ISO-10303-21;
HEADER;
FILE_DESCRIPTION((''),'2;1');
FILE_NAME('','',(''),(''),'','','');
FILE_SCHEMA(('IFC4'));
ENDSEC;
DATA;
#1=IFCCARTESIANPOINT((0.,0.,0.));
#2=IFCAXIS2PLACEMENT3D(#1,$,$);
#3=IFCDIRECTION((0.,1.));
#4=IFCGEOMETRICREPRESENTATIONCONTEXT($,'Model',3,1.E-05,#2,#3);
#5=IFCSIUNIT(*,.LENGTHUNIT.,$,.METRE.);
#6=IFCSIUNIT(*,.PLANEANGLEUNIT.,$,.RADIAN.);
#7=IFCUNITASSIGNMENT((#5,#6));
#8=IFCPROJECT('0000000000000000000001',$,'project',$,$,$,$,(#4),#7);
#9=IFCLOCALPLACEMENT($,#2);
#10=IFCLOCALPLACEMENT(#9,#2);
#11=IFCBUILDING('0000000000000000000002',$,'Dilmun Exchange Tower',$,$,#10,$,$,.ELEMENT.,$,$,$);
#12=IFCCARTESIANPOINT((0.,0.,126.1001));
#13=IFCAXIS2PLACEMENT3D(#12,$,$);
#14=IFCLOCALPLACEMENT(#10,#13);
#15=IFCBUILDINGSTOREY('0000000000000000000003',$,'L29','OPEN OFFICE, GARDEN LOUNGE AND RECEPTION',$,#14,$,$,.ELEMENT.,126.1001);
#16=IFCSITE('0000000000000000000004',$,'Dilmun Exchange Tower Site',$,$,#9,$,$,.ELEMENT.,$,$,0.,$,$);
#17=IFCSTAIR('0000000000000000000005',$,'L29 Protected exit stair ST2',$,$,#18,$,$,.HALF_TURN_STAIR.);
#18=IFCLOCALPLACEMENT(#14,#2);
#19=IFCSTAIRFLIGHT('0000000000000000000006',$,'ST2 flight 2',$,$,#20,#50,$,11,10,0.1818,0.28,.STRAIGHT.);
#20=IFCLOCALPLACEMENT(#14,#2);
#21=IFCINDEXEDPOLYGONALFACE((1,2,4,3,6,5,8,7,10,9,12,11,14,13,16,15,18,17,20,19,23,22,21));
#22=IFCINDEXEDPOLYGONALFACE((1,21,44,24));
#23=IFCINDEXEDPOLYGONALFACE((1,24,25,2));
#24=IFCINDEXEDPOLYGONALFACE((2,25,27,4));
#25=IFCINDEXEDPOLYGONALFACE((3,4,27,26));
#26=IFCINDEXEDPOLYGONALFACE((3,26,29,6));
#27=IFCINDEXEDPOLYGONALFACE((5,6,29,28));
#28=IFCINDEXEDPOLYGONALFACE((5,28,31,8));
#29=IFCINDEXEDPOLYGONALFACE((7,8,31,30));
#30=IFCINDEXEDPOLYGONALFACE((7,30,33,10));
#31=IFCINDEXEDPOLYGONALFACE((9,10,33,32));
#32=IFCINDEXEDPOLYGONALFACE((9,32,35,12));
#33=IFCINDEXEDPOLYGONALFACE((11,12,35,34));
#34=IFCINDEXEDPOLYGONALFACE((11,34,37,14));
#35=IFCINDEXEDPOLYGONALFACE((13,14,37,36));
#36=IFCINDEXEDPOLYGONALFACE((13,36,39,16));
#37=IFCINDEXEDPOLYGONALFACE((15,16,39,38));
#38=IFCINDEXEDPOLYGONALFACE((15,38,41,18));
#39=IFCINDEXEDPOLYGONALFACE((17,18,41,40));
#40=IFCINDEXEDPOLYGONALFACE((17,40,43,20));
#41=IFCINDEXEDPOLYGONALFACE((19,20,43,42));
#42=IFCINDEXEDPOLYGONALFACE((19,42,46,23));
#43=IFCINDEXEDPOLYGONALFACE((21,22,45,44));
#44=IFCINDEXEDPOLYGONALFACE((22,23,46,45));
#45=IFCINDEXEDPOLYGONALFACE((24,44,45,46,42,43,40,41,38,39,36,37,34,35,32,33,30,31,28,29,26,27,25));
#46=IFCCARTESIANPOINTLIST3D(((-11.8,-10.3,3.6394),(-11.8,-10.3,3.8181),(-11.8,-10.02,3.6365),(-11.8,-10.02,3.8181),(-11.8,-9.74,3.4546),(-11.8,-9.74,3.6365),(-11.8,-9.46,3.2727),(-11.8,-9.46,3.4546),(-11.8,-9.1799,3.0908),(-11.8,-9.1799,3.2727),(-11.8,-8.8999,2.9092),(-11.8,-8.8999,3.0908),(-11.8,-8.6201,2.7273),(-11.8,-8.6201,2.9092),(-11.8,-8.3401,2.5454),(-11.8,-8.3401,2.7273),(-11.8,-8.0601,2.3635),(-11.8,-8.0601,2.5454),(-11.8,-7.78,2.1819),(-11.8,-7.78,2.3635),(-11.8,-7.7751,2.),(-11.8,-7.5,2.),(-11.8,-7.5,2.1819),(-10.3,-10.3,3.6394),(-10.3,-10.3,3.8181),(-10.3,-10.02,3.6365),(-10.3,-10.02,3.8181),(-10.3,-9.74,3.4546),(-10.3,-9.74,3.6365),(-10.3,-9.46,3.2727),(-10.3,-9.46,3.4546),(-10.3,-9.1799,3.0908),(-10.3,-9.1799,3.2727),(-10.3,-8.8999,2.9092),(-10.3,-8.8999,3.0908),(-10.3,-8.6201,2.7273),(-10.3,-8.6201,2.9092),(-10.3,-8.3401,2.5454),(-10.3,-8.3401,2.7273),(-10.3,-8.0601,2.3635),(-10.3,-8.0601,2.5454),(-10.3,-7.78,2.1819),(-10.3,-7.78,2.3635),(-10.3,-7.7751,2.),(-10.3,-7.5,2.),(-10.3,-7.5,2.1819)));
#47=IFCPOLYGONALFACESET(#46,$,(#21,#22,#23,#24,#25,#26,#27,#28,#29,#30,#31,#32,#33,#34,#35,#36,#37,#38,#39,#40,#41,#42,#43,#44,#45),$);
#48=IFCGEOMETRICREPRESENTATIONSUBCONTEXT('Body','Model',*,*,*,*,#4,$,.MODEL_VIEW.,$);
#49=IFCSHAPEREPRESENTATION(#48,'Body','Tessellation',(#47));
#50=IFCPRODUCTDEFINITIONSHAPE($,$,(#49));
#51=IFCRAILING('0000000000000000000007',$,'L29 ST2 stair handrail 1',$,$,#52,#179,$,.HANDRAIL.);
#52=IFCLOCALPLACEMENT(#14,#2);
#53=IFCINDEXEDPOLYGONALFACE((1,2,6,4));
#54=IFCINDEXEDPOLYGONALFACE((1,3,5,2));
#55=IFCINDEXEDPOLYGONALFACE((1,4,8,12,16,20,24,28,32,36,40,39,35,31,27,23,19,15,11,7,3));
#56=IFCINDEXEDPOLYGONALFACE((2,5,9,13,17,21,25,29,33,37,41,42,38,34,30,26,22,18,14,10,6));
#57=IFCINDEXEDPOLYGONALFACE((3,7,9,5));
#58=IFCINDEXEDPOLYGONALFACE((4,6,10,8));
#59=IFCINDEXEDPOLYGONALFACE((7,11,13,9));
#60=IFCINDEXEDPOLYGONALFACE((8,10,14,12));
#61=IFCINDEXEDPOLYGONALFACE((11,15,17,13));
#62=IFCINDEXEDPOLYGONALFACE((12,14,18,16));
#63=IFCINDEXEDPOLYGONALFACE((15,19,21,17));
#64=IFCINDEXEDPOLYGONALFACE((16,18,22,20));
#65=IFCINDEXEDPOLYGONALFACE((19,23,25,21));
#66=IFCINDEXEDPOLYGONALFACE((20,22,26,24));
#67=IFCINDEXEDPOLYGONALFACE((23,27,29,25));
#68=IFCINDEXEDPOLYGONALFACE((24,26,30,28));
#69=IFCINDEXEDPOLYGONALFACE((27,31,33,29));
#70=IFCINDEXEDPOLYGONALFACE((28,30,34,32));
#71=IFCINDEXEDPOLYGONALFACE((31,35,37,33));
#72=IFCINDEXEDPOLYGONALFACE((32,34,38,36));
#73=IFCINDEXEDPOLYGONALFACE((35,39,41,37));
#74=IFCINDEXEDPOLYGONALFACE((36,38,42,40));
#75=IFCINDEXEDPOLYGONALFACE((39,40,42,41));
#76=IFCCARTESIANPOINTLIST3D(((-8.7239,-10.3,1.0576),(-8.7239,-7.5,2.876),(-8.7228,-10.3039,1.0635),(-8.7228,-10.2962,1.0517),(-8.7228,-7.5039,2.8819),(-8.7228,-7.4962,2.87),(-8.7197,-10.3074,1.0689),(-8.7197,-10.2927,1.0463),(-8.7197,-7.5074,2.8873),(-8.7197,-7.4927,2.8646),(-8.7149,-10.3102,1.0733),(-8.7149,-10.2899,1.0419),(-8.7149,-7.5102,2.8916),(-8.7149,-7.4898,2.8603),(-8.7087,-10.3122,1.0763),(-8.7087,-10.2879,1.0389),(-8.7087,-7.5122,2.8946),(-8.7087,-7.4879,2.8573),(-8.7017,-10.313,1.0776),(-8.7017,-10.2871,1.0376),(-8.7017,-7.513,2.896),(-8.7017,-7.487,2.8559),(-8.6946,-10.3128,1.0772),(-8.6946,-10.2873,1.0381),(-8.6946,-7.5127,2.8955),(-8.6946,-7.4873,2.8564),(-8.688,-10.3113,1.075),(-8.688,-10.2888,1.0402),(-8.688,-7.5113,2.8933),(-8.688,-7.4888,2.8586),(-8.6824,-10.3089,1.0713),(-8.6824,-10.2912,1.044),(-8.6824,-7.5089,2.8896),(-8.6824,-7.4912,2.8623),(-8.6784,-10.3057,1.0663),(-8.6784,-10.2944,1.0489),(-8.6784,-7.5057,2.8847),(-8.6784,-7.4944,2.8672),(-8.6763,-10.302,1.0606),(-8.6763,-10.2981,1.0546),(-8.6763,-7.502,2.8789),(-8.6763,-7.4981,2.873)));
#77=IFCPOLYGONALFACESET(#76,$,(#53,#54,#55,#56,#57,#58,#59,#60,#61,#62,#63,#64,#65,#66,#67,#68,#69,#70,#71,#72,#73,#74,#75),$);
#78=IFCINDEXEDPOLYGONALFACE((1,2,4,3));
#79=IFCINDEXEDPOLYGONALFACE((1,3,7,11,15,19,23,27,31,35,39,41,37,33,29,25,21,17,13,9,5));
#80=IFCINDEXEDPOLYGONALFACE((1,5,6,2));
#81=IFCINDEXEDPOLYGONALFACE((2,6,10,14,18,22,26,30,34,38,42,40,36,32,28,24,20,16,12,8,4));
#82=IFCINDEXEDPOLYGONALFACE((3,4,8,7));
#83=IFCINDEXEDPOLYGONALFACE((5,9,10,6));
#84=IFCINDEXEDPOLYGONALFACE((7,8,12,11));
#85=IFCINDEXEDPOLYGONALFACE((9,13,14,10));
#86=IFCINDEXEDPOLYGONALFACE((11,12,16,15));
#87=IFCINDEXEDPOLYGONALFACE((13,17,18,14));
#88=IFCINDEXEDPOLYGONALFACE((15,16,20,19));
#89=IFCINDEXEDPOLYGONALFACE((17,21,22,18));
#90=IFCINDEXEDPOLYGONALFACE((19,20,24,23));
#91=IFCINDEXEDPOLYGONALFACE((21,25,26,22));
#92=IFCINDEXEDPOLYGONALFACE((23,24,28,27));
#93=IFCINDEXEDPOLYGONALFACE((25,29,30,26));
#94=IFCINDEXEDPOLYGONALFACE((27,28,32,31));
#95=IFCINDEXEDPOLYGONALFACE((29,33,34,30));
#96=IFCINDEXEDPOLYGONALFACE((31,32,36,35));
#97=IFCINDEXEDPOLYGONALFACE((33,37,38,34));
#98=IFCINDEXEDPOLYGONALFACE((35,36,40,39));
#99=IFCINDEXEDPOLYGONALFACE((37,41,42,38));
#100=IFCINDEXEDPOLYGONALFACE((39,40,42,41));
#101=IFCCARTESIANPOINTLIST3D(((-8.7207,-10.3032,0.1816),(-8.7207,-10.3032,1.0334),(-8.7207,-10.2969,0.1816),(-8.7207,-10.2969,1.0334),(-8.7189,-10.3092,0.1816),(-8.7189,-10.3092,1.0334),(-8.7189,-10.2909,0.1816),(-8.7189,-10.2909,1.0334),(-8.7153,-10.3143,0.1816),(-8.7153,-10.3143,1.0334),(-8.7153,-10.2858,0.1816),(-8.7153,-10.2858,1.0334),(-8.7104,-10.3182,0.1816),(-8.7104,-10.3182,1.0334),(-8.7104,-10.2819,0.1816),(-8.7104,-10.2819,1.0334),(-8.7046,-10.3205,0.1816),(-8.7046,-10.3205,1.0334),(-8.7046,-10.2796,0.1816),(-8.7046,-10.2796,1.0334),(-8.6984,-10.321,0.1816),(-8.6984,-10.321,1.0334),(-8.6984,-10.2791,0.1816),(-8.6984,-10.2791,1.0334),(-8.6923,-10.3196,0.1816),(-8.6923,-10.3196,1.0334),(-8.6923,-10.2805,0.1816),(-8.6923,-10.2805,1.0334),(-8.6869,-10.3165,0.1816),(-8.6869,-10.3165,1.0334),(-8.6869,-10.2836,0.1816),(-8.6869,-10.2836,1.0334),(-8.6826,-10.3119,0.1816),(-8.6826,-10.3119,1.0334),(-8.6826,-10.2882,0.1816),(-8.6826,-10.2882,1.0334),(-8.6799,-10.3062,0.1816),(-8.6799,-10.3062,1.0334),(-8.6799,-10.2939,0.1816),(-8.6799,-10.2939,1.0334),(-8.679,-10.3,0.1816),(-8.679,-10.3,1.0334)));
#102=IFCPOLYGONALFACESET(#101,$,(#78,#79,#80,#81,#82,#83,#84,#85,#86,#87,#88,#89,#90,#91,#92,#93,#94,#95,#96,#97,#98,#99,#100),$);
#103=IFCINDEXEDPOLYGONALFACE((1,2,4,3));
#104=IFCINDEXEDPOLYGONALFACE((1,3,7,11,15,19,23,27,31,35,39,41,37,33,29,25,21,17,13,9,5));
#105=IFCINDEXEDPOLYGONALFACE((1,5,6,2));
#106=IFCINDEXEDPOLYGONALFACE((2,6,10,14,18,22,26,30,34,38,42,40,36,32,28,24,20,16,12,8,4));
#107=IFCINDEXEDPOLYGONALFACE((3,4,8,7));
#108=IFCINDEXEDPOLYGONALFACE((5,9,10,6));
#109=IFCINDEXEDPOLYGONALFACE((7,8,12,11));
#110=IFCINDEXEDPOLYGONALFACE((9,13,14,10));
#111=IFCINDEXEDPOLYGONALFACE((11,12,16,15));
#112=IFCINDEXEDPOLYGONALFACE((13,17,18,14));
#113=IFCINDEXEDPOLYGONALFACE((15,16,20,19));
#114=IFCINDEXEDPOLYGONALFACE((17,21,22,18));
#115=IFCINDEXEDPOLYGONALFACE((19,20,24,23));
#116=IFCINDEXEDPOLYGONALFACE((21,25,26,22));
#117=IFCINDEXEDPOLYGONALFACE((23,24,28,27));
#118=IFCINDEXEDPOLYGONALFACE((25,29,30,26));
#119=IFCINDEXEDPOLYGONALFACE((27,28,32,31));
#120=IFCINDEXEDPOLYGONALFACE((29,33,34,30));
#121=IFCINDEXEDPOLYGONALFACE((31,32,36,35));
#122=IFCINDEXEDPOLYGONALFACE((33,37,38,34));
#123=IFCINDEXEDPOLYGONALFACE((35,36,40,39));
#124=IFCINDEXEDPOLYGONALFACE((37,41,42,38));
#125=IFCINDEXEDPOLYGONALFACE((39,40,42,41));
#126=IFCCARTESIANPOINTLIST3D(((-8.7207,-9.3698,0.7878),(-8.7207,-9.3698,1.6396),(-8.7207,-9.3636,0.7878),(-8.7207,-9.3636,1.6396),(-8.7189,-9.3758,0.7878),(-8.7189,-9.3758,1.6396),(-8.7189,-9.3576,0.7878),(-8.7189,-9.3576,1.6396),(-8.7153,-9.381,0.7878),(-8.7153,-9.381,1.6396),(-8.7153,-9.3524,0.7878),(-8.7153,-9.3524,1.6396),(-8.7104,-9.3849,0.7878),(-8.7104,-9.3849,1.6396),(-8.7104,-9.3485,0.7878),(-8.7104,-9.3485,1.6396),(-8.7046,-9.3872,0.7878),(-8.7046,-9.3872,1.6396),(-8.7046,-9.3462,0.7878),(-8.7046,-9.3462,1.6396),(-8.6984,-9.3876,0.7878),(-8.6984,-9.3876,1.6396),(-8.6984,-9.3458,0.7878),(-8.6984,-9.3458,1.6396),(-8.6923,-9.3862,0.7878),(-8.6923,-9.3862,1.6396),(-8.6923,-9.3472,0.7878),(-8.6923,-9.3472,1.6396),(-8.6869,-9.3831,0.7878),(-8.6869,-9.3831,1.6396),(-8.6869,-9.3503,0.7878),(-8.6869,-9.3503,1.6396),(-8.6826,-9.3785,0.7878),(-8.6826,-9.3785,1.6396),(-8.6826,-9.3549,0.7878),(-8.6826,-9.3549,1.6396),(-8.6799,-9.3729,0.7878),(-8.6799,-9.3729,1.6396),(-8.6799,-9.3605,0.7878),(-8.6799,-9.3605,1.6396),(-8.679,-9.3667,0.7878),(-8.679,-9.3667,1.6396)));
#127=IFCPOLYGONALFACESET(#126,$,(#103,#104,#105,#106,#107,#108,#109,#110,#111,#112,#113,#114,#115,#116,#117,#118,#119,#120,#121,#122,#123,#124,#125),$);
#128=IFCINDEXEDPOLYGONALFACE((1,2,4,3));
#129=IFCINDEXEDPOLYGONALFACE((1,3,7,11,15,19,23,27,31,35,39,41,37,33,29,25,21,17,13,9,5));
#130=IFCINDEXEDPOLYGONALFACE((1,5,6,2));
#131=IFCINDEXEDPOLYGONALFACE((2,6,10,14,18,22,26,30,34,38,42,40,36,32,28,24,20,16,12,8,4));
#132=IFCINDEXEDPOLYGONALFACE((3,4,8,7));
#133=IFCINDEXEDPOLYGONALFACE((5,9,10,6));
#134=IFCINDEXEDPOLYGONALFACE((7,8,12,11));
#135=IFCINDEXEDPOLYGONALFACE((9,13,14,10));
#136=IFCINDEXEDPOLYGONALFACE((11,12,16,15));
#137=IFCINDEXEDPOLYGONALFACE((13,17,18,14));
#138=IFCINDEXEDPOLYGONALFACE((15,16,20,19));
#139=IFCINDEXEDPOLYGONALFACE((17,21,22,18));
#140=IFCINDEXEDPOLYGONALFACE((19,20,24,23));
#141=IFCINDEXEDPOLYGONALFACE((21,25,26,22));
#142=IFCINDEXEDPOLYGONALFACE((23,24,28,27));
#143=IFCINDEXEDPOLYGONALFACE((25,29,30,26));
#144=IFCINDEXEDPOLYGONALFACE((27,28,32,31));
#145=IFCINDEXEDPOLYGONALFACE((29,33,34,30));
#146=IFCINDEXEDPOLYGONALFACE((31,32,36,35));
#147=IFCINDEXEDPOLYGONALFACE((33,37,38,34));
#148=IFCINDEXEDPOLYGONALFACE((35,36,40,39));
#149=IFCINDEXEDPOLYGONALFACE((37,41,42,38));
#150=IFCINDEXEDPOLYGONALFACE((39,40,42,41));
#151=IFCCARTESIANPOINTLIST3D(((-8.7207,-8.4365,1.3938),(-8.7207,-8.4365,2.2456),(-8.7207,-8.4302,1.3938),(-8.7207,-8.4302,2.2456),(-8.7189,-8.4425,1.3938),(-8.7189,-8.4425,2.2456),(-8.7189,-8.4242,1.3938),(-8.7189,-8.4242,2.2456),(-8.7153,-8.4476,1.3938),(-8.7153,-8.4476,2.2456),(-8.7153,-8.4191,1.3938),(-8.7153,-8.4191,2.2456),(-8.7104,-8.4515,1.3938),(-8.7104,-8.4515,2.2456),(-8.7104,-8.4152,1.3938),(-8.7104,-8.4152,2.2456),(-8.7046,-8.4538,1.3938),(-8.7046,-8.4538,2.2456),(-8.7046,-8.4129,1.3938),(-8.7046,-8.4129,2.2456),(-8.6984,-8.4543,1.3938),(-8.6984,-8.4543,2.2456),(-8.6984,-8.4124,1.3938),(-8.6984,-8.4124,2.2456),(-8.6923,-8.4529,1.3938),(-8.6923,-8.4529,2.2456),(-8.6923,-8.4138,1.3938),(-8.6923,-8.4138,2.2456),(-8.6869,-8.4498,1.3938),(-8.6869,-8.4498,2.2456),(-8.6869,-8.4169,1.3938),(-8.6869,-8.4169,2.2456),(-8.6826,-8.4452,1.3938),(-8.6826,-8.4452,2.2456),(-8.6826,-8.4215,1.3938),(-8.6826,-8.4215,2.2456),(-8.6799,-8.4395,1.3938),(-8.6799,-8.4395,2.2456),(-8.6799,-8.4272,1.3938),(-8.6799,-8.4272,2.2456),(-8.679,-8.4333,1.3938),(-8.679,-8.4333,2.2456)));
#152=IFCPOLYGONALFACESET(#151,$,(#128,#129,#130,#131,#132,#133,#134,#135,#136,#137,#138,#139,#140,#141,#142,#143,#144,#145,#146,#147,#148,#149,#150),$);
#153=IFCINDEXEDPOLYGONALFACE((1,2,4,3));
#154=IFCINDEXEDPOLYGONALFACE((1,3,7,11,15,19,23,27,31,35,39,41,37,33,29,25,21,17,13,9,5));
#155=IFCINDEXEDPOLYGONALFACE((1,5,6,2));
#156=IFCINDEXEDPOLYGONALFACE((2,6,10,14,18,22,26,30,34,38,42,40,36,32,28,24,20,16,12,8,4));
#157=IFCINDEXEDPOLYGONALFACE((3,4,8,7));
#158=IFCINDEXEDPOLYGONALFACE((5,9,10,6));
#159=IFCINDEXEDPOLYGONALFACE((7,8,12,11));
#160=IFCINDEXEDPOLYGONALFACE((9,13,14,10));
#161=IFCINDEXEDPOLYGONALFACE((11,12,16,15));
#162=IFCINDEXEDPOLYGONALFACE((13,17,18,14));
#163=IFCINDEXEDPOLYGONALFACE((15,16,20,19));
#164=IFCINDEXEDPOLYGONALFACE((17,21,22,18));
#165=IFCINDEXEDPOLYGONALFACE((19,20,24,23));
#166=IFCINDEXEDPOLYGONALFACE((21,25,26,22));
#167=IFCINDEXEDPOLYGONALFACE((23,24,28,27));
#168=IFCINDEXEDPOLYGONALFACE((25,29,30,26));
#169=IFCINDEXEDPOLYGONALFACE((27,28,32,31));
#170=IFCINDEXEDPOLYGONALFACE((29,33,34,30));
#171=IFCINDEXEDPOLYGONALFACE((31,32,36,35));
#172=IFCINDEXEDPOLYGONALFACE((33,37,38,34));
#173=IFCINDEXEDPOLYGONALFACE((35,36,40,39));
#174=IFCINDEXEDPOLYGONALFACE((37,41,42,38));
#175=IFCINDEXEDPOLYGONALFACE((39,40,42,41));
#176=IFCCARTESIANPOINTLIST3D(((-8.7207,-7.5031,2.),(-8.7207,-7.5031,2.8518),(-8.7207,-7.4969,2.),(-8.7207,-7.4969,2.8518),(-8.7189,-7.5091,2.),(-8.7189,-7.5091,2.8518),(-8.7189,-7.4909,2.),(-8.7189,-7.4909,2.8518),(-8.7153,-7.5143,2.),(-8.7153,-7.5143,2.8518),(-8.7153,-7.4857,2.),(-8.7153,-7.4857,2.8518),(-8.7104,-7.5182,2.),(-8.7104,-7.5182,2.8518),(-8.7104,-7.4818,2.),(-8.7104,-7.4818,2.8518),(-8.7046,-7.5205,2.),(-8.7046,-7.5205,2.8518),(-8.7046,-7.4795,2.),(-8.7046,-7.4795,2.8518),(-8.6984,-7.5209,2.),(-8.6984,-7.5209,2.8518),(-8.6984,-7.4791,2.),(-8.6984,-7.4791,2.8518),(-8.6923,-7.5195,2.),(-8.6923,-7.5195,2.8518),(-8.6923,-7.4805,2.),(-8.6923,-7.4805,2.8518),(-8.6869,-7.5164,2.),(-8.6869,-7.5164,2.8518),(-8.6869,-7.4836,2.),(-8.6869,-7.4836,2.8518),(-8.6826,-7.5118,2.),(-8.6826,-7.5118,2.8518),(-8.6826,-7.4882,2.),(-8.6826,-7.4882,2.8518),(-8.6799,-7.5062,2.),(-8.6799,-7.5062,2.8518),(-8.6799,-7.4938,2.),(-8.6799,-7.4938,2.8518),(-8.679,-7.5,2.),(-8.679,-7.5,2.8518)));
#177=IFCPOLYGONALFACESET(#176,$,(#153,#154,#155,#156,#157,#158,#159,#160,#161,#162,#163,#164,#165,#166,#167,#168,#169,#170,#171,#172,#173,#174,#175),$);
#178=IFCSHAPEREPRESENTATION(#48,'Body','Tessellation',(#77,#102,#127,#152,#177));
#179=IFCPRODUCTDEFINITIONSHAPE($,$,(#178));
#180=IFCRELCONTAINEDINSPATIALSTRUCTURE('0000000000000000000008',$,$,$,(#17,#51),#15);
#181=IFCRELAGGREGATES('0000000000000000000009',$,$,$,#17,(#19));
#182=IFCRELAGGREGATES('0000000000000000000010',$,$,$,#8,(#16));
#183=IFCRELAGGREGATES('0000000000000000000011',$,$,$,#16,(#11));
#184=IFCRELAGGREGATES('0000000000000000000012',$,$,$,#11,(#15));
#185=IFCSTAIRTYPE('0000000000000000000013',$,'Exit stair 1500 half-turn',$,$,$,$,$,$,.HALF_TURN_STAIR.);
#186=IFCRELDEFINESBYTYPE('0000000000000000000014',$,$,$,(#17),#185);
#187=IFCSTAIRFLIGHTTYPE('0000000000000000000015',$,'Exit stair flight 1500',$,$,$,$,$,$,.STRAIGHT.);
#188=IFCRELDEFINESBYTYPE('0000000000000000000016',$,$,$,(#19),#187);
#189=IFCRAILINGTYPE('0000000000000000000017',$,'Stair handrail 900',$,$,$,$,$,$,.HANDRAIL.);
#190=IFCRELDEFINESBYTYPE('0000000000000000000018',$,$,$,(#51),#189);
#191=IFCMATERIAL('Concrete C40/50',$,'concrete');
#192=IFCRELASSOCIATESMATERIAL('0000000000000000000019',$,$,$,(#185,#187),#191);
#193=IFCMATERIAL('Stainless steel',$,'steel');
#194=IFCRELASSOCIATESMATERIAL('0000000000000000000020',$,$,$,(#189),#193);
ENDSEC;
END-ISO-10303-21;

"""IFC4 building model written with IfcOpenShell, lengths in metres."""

from ifc_helpers import new_model, si_unit, direction, frame, origin, origin_2d, place, context, subcontext, project, spatial, polyline, circle, outline, extrude, material, type_object, element, aggregate, save


model = new_model("IFC4")

# Units and contexts
model_context = context("Model", 3, precision=1e-05, world=origin(), true_north=direction((0.0, 1.0)))
body_context = subcontext(model_context, "Body", "Model", "MODEL_VIEW")
ifc_project = project(units=[si_unit("LENGTHUNIT", "METRE"), si_unit("PLANEANGLEUNIT", "RADIAN")], contexts=[model_context])

# Site, building, storey
site_placement = place(None, origin())
site = spatial("IfcSite", under=ifc_project, at=site_placement, Name="Dilmun Exchange Tower Site", CompositionType="ELEMENT", RefElevation=0.0)
building_placement = place(site_placement, origin())
building = spatial("IfcBuilding", under=site, at=building_placement, Name="Dilmun Exchange Tower", CompositionType="ELEMENT")
storey_placement = place(building_placement, frame((0.0, 0.0, 126.1001)))
storey = spatial("IfcBuildingStorey", under=building, at=storey_placement, Name="L29", Description="OPEN OFFICE, GARDEN LOUNGE AND RECEPTION", CompositionType="ELEMENT", Elevation=126.1001)

# Shared definitions
ifc_material_1 = material(Name="Concrete C40/50", Category="concrete")

# Stair, stair flight
stair_type = type_object("IfcStairType", Name="Exit stair 1500 half-turn", PredefinedType="HALF_TURN_STAIR", material=ifc_material_1)
stair_placement = place(storey_placement, origin())
stair = element("IfcStair", 1, at=stair_placement, inside=storey, type_object=stair_type, Name="L29 Protected exit stair ST2", PredefinedType="HALF_TURN_STAIR")
stair_flight_type = type_object("IfcStairFlightType", Name="Exit stair flight 1500", PredefinedType="STRAIGHT", material=ifc_material_1)
stair_flight_placement = place(storey_placement, frame((-11.05, -7.5, 2.0), z_axis=(0.0, 0.0, 1.0), x_axis=(0.0, -1.0, 0.0)))
stair_flight = element("IfcStairFlight", 2, at=stair_flight_placement, type_object=stair_flight_type, Name="ST2 flight 2", NumberOfRisers=11, NumberOfTreads=10, PredefinedType="STRAIGHT", RiserHeight=0.1818, TreadLength=0.28, context=body_context, shape_type="SweptSolid", body=[
    extrude(outline(polyline([(0.0, 0.0), (0.0, 0.1819), (0.28, 0.1819), (0.28, 0.3635), (0.5601, 0.3635), (0.5601, 0.5454), (0.8401, 0.5454), (0.8401, 0.7273), (1.1201, 0.7273), (1.1201, 0.9092), (1.3999, 0.9092), (1.3999, 1.0908), (1.6799, 1.0908), (1.6799, 1.2727), (1.96, 1.2727), (1.96, 1.4546), (2.24, 1.4546), (2.24, 1.6365), (2.52, 1.6365), (2.52, 1.8181), (2.8, 1.8181), (2.8, 2.0), (2.8, 1.6394), (0.2751, 0.0), (0.0, 0.0)])), frame((0.0, 0.75, 0.0), z_axis=(0.0, -1.0, 0.0), x_axis=(1.0, 0.0, 0.0)), (0.0, 0.0, 1.0), 1.5),
])
aggregate(stair, [stair_flight])

# Railing
ifc_material_2 = material(Name="Stainless steel", Category="steel")
railing_type = type_object("IfcRailingType", Name="Stair handrail 900", PredefinedType="HANDRAIL", material=ifc_material_2)
railing_1_placement = place(storey_placement, frame((-8.7, -10.3, 0.1816)))
element("IfcRailing", 3, at=railing_1_placement, inside=storey, type_object=railing_type, Name="L29 ST2 stair handrail 1", PredefinedType="HANDRAIL", context=body_context, shape_type="SweptSolid", body=[
    extrude(circle(Radius=0.0239, at=origin_2d()), frame((0.0, 0.0, 0.876), z_axis=(0.0, 0.838672, 0.544636), x_axis=(-1.0, 0.0, 0.0)), (0.0, 0.0, 1.0), 3.3386),
    extrude(circle(Radius=0.021, at=origin_2d()), origin(), (0.0, 0.0, 1.0), 0.8518),
    extrude(circle(Radius=0.021, at=origin_2d()), frame((0.0, 0.9333, 0.6062)), (0.0, 0.0, 1.0), 0.8518),
    extrude(circle(Radius=0.021, at=origin_2d()), frame((0.0, 1.8667, 1.2122)), (0.0, 0.0, 1.0), 0.8518),
    extrude(circle(Radius=0.021, at=origin_2d()), frame((0.0, 2.8, 1.8184)), (0.0, 0.0, 1.0), 0.8518),
])

save(model, "model.ifc")
